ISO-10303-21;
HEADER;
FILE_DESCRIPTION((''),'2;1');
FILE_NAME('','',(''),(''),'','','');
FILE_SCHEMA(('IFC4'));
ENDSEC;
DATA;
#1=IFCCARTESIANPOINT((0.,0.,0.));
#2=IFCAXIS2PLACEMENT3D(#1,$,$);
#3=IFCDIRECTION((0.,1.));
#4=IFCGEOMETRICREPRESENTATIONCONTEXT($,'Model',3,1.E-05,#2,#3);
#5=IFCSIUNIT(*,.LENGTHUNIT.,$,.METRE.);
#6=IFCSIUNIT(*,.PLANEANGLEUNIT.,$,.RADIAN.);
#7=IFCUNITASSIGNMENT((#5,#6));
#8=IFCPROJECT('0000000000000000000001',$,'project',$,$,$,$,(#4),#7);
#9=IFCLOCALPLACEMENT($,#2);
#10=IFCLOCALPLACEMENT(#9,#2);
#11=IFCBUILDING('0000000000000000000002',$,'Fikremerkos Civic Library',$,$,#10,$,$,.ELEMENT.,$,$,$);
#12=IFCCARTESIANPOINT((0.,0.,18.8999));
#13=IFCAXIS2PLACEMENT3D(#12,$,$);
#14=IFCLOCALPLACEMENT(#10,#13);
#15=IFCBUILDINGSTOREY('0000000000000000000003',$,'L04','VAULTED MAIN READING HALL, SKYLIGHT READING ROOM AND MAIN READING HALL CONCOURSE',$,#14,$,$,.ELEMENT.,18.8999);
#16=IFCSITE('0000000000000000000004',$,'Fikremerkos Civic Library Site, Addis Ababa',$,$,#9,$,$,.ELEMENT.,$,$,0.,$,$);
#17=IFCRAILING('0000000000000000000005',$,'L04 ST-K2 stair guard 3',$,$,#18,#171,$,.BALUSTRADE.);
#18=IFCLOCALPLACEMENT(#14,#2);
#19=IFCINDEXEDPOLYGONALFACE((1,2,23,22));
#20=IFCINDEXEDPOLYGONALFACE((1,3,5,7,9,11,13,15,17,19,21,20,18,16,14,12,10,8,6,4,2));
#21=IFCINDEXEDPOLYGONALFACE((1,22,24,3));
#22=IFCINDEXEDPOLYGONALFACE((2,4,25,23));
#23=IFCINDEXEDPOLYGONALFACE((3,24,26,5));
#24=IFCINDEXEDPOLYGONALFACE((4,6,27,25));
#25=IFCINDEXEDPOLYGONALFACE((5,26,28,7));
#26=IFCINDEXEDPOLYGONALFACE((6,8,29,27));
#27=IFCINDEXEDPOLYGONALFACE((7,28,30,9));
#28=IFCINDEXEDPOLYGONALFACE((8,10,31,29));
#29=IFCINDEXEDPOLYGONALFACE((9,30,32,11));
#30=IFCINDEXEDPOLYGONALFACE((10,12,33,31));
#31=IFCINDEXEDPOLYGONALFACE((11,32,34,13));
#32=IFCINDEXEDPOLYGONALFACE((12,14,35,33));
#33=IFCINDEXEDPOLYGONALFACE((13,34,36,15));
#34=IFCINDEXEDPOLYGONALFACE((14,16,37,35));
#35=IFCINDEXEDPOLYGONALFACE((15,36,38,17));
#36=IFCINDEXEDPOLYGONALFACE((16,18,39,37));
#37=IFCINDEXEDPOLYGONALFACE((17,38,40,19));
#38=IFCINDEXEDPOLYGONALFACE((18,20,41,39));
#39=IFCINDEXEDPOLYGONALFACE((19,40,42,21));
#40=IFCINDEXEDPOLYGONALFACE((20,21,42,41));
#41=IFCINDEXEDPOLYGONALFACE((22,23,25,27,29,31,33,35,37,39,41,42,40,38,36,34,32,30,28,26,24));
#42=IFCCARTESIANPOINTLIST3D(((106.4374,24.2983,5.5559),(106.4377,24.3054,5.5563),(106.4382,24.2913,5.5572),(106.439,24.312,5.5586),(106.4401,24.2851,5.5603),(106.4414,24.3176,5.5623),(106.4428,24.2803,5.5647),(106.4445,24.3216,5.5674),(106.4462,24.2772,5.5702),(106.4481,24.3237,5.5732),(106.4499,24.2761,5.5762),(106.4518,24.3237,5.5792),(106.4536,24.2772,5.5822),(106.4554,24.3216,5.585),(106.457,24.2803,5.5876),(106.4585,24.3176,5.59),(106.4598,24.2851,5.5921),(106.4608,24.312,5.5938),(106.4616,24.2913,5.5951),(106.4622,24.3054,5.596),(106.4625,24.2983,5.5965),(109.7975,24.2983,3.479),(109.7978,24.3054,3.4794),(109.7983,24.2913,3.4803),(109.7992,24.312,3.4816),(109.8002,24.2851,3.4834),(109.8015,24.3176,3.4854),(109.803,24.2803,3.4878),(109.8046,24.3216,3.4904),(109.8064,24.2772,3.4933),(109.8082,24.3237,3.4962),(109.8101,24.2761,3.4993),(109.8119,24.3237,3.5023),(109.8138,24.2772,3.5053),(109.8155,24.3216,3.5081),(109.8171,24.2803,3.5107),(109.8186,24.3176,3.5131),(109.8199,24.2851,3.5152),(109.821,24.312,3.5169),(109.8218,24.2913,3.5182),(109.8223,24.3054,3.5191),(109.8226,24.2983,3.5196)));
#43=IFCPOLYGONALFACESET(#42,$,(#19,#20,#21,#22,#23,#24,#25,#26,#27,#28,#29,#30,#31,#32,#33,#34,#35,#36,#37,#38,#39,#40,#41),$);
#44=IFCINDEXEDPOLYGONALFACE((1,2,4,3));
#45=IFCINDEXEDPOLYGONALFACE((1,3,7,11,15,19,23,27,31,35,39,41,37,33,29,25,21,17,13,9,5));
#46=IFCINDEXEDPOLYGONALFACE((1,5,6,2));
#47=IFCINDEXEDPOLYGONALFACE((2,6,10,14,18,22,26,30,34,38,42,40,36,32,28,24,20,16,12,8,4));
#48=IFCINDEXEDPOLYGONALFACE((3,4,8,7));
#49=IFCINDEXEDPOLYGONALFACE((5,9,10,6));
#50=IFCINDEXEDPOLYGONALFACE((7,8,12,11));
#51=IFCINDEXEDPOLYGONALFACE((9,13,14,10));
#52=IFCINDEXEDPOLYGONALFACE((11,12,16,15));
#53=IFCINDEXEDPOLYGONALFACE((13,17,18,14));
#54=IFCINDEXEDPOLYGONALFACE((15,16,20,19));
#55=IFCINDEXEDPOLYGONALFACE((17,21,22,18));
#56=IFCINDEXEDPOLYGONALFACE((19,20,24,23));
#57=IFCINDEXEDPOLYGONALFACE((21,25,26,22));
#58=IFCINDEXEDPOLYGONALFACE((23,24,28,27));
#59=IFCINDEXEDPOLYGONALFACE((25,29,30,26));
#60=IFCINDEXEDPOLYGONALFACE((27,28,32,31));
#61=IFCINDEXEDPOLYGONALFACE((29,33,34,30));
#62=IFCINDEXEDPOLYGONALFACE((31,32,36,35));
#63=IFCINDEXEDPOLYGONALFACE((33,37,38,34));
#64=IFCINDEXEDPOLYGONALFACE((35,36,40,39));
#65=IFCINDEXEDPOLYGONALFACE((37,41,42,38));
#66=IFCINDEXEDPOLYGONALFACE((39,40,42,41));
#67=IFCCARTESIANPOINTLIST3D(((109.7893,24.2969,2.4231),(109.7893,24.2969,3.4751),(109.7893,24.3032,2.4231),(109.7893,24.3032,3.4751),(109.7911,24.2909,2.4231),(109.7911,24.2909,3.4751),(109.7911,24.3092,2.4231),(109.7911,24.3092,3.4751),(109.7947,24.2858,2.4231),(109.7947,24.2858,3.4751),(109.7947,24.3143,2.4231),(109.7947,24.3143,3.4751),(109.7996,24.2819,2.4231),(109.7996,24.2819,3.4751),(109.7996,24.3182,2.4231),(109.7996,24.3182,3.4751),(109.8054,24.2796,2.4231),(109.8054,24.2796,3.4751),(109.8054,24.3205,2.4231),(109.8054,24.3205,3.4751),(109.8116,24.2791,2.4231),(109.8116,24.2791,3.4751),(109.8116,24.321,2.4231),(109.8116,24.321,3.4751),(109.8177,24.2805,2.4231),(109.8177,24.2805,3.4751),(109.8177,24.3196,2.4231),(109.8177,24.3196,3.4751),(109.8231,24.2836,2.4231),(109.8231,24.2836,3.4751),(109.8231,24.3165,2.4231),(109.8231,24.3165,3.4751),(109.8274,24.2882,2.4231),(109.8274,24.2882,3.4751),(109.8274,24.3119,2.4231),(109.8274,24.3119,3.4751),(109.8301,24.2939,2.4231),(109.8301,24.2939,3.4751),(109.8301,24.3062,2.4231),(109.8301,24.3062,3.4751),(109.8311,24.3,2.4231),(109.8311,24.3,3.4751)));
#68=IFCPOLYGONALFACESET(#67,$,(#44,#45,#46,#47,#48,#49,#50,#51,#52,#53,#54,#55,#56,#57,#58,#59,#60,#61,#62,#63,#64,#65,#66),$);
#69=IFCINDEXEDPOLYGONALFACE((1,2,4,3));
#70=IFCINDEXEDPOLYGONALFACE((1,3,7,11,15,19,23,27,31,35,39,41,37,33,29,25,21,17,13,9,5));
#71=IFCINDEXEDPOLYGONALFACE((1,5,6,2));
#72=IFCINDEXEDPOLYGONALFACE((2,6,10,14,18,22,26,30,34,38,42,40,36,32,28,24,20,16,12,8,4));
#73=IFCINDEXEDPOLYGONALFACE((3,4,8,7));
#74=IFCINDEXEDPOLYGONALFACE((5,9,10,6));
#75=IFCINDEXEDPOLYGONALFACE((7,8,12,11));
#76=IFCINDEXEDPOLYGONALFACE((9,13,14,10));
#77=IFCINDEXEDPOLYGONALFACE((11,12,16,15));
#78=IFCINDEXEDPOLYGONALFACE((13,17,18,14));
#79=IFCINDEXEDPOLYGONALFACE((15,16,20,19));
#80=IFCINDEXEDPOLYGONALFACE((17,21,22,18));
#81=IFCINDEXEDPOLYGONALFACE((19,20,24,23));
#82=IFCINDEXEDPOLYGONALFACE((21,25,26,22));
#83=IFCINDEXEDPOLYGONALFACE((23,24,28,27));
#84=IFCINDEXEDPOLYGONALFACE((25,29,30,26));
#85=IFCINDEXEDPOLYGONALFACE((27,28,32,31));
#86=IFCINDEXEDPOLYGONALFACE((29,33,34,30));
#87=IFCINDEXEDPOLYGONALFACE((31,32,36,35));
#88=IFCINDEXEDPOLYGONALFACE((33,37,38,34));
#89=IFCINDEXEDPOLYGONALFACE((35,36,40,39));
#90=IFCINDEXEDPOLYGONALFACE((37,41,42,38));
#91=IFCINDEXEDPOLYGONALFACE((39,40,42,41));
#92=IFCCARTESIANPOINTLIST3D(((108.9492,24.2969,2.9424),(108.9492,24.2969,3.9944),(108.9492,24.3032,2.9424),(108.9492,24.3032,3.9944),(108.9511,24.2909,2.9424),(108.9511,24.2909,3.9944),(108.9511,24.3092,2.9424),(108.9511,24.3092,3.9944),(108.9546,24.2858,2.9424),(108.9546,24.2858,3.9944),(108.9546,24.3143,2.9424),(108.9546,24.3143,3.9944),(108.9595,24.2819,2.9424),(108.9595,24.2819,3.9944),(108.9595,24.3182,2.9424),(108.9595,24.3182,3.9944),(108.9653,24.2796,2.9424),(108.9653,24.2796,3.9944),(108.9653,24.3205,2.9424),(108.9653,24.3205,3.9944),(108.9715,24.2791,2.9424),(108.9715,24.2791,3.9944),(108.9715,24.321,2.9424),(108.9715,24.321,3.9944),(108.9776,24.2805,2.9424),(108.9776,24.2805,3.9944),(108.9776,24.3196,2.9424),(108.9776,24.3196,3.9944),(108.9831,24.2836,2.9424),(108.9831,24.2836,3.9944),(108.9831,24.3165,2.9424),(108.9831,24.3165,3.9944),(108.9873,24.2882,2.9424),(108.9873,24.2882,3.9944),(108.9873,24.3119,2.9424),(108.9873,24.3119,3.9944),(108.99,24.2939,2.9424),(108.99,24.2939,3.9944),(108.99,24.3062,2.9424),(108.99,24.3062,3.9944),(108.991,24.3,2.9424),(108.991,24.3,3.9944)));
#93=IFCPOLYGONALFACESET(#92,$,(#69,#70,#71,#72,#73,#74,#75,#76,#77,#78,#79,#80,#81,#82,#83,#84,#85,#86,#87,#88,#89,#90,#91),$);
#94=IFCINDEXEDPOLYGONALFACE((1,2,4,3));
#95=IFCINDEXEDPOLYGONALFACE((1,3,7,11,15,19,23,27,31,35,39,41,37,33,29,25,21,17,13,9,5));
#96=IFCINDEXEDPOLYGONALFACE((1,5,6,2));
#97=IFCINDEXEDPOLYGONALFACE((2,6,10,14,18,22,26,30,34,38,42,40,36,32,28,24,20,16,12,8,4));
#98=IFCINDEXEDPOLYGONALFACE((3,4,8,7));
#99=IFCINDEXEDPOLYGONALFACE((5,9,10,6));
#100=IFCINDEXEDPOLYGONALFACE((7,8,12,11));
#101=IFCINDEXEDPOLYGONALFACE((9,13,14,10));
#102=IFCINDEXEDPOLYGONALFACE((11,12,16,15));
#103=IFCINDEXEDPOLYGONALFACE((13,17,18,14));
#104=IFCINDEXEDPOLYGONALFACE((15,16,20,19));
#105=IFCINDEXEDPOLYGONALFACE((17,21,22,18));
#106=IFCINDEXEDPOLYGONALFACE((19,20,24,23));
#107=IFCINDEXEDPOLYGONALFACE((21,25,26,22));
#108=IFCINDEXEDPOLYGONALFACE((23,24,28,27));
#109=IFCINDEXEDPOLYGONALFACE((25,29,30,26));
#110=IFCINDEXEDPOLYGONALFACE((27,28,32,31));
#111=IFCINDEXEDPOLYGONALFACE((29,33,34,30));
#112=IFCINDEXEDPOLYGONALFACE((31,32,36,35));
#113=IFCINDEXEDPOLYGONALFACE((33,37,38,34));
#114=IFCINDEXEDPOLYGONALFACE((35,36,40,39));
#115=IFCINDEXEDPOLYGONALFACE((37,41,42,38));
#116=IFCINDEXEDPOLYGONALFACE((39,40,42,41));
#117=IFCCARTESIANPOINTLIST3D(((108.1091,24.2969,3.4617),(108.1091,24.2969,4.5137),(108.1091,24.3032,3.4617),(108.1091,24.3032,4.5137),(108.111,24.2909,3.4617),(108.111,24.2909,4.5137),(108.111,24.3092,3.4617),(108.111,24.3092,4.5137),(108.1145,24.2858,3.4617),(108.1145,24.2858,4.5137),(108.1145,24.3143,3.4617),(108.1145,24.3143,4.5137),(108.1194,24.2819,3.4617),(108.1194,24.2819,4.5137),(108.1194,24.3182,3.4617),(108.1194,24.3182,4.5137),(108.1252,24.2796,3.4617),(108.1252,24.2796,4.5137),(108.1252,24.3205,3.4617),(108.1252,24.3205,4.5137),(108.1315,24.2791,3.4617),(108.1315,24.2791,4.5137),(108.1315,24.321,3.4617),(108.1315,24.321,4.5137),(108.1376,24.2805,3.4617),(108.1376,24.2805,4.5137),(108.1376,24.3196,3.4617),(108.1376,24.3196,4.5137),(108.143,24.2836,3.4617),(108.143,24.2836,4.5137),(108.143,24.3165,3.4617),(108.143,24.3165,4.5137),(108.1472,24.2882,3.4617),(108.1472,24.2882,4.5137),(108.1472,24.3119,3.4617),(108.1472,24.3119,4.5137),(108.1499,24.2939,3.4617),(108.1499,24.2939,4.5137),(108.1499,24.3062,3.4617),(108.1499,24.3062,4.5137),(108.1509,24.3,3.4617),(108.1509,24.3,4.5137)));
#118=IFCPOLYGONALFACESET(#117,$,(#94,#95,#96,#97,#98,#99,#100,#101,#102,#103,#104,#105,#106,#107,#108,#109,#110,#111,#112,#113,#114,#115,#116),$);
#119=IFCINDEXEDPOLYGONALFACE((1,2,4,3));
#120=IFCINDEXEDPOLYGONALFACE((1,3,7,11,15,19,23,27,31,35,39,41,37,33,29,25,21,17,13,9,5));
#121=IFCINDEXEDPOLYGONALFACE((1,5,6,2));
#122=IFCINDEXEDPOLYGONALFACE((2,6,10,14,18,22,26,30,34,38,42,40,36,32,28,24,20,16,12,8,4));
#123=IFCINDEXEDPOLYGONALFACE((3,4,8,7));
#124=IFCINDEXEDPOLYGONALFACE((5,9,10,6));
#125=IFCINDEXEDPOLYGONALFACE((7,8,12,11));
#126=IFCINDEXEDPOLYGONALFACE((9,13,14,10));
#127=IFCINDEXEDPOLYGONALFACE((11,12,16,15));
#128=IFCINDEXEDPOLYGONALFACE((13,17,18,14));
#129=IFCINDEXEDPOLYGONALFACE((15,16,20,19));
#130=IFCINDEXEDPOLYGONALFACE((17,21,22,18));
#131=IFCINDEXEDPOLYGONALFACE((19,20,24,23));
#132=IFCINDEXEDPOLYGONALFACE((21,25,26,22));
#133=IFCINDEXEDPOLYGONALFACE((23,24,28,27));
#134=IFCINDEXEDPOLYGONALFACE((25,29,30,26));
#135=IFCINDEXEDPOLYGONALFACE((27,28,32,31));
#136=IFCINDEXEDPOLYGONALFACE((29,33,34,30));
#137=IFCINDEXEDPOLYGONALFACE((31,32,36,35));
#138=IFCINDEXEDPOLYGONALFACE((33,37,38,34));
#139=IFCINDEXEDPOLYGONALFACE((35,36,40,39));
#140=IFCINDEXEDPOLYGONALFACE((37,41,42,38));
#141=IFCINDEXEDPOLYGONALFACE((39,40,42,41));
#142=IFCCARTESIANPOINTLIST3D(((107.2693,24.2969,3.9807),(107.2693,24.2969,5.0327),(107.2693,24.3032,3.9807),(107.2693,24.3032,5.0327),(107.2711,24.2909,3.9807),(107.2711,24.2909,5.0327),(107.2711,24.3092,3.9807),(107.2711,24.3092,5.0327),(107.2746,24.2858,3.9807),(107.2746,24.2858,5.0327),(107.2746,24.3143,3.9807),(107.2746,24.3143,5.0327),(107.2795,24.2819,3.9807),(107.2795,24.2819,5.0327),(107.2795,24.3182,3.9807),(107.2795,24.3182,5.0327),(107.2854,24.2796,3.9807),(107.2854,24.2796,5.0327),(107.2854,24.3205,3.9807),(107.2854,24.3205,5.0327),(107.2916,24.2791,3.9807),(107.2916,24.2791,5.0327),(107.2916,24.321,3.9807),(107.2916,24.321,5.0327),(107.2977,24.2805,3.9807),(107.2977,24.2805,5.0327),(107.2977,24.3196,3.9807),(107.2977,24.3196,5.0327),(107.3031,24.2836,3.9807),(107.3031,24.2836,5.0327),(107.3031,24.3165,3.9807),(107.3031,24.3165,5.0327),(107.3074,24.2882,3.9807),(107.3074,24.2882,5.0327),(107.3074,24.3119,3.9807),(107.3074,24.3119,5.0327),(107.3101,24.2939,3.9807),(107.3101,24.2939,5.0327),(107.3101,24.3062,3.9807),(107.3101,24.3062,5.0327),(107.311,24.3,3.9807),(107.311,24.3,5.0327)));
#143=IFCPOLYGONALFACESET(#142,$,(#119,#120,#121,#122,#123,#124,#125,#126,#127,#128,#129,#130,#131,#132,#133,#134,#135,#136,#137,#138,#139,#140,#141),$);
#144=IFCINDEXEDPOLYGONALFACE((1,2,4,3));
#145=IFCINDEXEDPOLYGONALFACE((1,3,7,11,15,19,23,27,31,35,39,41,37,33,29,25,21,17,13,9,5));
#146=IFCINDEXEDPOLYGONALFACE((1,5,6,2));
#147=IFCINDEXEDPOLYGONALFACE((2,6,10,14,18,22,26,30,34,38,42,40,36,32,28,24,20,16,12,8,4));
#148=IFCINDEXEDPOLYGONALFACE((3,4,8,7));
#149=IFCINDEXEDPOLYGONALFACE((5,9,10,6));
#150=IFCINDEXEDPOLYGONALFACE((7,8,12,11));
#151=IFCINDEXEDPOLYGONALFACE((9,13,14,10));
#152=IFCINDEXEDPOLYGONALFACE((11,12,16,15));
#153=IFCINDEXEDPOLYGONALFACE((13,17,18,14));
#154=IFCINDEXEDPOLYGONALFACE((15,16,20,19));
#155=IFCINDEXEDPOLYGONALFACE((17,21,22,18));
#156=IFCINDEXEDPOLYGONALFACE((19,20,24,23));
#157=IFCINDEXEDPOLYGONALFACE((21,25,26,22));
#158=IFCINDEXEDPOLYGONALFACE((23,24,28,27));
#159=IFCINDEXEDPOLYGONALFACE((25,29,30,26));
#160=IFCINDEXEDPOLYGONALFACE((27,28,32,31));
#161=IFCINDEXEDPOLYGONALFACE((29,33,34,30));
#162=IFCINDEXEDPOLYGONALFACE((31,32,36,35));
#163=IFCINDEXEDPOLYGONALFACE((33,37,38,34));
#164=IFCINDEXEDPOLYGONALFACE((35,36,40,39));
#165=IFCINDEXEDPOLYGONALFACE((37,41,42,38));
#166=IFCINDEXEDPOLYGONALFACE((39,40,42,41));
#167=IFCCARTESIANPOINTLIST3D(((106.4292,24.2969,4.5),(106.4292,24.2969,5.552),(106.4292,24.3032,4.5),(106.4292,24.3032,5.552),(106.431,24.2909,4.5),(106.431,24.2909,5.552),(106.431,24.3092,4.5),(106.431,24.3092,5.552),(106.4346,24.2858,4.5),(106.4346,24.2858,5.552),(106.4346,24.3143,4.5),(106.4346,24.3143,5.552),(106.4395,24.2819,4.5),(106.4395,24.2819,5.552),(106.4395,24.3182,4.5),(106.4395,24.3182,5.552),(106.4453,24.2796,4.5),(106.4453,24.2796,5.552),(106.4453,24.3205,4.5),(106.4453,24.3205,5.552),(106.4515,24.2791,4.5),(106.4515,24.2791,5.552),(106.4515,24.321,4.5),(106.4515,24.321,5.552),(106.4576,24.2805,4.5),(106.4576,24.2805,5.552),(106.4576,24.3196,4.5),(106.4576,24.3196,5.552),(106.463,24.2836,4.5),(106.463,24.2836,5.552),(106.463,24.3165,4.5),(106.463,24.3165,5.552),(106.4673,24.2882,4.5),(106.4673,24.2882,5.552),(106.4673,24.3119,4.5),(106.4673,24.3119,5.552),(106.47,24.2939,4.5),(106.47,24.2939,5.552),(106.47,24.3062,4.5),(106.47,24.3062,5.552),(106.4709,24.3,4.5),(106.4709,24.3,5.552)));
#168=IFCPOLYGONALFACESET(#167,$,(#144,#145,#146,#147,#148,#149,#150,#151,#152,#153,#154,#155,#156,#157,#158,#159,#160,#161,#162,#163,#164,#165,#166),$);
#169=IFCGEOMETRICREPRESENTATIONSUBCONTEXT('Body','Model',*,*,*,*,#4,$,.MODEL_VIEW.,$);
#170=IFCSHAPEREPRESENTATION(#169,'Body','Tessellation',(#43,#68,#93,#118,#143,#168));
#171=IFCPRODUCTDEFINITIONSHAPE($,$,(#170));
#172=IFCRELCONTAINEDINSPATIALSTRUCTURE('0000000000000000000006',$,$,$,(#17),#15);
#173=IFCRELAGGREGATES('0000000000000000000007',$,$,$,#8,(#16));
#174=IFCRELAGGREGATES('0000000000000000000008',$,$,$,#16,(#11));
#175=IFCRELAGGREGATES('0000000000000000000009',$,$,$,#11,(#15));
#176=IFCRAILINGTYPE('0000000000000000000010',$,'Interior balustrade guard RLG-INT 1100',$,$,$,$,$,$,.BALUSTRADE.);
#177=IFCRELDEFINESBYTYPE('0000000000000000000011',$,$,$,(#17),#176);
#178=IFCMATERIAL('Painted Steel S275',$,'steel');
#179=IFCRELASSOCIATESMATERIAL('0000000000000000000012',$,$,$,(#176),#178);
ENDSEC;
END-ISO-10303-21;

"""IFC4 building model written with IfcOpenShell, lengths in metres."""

from ifc_helpers import new_model, si_unit, direction, frame, origin, origin_2d, place, context, subcontext, project, spatial, circle, extrude, material, type_object, element, save


model = new_model("IFC4")

# Units and contexts
model_context = context("Model", 3, precision=1e-05, world=origin(), true_north=direction((0.0, 1.0)))
body_context = subcontext(model_context, "Body", "Model", "MODEL_VIEW")
ifc_project = project(units=[si_unit("LENGTHUNIT", "METRE"), si_unit("PLANEANGLEUNIT", "RADIAN")], contexts=[model_context])

# Site, building, storey
site_placement = place(None, origin())
site = spatial("IfcSite", under=ifc_project, at=site_placement, Name="Fikremerkos Civic Library Site, Addis Ababa", CompositionType="ELEMENT", RefElevation=0.0)
building_placement = place(site_placement, origin())
building = spatial("IfcBuilding", under=site, at=building_placement, Name="Fikremerkos Civic Library", CompositionType="ELEMENT")
storey_placement = place(building_placement, frame((0.0, 0.0, 18.8999)))
storey = spatial("IfcBuildingStorey", under=building, at=storey_placement, Name="L04", Description="VAULTED MAIN READING HALL, SKYLIGHT READING ROOM AND MAIN READING HALL CONCOURSE", CompositionType="ELEMENT", Elevation=18.8999)

# Railing
ifc_material_1 = material(Name="Painted Steel S275", Category="steel")
railing_type_1 = type_object("IfcRailingType", Name="Interior balustrade guard RLG-INT 1100", PredefinedType="BALUSTRADE", material=ifc_material_1)
railing_1_placement = place(storey_placement, frame((109.8101, 24.3, 2.4231)))
element("IfcRailing", 1, at=railing_1_placement, inside=storey, type_object=railing_type_1, Name="L04 ST-K2 stair guard 3", PredefinedType="BALUSTRADE", context=body_context, shape_type="SweptSolid", body=[
    extrude(circle(Radius=0.0239, at=origin_2d()), frame((0.0, 0.0, 1.0762), z_axis=(-0.850623, 0.0, 0.525776), x_axis=(0.0, -1.0, 0.0)), (0.0, 0.0, 1.0), 3.9502),
    extrude(circle(Radius=0.021, at=origin_2d()), origin(), (0.0, 0.0, 1.0), 1.052),
    extrude(circle(Radius=0.021, at=origin_2d()), frame((-0.8401, 0.0, 0.5193)), (0.0, 0.0, 1.0), 1.052),
    extrude(circle(Radius=0.021, at=origin_2d()), frame((-1.6802, 0.0, 1.0386)), (0.0, 0.0, 1.0), 1.052),
    extrude(circle(Radius=0.021, at=origin_2d()), frame((-2.52, 0.0, 1.5576)), (0.0, 0.0, 1.0), 1.052),
    extrude(circle(Radius=0.021, at=origin_2d()), frame((-3.3601, 0.0, 2.0769)), (0.0, 0.0, 1.0), 1.052),
])

save(model, "model.ifc")
